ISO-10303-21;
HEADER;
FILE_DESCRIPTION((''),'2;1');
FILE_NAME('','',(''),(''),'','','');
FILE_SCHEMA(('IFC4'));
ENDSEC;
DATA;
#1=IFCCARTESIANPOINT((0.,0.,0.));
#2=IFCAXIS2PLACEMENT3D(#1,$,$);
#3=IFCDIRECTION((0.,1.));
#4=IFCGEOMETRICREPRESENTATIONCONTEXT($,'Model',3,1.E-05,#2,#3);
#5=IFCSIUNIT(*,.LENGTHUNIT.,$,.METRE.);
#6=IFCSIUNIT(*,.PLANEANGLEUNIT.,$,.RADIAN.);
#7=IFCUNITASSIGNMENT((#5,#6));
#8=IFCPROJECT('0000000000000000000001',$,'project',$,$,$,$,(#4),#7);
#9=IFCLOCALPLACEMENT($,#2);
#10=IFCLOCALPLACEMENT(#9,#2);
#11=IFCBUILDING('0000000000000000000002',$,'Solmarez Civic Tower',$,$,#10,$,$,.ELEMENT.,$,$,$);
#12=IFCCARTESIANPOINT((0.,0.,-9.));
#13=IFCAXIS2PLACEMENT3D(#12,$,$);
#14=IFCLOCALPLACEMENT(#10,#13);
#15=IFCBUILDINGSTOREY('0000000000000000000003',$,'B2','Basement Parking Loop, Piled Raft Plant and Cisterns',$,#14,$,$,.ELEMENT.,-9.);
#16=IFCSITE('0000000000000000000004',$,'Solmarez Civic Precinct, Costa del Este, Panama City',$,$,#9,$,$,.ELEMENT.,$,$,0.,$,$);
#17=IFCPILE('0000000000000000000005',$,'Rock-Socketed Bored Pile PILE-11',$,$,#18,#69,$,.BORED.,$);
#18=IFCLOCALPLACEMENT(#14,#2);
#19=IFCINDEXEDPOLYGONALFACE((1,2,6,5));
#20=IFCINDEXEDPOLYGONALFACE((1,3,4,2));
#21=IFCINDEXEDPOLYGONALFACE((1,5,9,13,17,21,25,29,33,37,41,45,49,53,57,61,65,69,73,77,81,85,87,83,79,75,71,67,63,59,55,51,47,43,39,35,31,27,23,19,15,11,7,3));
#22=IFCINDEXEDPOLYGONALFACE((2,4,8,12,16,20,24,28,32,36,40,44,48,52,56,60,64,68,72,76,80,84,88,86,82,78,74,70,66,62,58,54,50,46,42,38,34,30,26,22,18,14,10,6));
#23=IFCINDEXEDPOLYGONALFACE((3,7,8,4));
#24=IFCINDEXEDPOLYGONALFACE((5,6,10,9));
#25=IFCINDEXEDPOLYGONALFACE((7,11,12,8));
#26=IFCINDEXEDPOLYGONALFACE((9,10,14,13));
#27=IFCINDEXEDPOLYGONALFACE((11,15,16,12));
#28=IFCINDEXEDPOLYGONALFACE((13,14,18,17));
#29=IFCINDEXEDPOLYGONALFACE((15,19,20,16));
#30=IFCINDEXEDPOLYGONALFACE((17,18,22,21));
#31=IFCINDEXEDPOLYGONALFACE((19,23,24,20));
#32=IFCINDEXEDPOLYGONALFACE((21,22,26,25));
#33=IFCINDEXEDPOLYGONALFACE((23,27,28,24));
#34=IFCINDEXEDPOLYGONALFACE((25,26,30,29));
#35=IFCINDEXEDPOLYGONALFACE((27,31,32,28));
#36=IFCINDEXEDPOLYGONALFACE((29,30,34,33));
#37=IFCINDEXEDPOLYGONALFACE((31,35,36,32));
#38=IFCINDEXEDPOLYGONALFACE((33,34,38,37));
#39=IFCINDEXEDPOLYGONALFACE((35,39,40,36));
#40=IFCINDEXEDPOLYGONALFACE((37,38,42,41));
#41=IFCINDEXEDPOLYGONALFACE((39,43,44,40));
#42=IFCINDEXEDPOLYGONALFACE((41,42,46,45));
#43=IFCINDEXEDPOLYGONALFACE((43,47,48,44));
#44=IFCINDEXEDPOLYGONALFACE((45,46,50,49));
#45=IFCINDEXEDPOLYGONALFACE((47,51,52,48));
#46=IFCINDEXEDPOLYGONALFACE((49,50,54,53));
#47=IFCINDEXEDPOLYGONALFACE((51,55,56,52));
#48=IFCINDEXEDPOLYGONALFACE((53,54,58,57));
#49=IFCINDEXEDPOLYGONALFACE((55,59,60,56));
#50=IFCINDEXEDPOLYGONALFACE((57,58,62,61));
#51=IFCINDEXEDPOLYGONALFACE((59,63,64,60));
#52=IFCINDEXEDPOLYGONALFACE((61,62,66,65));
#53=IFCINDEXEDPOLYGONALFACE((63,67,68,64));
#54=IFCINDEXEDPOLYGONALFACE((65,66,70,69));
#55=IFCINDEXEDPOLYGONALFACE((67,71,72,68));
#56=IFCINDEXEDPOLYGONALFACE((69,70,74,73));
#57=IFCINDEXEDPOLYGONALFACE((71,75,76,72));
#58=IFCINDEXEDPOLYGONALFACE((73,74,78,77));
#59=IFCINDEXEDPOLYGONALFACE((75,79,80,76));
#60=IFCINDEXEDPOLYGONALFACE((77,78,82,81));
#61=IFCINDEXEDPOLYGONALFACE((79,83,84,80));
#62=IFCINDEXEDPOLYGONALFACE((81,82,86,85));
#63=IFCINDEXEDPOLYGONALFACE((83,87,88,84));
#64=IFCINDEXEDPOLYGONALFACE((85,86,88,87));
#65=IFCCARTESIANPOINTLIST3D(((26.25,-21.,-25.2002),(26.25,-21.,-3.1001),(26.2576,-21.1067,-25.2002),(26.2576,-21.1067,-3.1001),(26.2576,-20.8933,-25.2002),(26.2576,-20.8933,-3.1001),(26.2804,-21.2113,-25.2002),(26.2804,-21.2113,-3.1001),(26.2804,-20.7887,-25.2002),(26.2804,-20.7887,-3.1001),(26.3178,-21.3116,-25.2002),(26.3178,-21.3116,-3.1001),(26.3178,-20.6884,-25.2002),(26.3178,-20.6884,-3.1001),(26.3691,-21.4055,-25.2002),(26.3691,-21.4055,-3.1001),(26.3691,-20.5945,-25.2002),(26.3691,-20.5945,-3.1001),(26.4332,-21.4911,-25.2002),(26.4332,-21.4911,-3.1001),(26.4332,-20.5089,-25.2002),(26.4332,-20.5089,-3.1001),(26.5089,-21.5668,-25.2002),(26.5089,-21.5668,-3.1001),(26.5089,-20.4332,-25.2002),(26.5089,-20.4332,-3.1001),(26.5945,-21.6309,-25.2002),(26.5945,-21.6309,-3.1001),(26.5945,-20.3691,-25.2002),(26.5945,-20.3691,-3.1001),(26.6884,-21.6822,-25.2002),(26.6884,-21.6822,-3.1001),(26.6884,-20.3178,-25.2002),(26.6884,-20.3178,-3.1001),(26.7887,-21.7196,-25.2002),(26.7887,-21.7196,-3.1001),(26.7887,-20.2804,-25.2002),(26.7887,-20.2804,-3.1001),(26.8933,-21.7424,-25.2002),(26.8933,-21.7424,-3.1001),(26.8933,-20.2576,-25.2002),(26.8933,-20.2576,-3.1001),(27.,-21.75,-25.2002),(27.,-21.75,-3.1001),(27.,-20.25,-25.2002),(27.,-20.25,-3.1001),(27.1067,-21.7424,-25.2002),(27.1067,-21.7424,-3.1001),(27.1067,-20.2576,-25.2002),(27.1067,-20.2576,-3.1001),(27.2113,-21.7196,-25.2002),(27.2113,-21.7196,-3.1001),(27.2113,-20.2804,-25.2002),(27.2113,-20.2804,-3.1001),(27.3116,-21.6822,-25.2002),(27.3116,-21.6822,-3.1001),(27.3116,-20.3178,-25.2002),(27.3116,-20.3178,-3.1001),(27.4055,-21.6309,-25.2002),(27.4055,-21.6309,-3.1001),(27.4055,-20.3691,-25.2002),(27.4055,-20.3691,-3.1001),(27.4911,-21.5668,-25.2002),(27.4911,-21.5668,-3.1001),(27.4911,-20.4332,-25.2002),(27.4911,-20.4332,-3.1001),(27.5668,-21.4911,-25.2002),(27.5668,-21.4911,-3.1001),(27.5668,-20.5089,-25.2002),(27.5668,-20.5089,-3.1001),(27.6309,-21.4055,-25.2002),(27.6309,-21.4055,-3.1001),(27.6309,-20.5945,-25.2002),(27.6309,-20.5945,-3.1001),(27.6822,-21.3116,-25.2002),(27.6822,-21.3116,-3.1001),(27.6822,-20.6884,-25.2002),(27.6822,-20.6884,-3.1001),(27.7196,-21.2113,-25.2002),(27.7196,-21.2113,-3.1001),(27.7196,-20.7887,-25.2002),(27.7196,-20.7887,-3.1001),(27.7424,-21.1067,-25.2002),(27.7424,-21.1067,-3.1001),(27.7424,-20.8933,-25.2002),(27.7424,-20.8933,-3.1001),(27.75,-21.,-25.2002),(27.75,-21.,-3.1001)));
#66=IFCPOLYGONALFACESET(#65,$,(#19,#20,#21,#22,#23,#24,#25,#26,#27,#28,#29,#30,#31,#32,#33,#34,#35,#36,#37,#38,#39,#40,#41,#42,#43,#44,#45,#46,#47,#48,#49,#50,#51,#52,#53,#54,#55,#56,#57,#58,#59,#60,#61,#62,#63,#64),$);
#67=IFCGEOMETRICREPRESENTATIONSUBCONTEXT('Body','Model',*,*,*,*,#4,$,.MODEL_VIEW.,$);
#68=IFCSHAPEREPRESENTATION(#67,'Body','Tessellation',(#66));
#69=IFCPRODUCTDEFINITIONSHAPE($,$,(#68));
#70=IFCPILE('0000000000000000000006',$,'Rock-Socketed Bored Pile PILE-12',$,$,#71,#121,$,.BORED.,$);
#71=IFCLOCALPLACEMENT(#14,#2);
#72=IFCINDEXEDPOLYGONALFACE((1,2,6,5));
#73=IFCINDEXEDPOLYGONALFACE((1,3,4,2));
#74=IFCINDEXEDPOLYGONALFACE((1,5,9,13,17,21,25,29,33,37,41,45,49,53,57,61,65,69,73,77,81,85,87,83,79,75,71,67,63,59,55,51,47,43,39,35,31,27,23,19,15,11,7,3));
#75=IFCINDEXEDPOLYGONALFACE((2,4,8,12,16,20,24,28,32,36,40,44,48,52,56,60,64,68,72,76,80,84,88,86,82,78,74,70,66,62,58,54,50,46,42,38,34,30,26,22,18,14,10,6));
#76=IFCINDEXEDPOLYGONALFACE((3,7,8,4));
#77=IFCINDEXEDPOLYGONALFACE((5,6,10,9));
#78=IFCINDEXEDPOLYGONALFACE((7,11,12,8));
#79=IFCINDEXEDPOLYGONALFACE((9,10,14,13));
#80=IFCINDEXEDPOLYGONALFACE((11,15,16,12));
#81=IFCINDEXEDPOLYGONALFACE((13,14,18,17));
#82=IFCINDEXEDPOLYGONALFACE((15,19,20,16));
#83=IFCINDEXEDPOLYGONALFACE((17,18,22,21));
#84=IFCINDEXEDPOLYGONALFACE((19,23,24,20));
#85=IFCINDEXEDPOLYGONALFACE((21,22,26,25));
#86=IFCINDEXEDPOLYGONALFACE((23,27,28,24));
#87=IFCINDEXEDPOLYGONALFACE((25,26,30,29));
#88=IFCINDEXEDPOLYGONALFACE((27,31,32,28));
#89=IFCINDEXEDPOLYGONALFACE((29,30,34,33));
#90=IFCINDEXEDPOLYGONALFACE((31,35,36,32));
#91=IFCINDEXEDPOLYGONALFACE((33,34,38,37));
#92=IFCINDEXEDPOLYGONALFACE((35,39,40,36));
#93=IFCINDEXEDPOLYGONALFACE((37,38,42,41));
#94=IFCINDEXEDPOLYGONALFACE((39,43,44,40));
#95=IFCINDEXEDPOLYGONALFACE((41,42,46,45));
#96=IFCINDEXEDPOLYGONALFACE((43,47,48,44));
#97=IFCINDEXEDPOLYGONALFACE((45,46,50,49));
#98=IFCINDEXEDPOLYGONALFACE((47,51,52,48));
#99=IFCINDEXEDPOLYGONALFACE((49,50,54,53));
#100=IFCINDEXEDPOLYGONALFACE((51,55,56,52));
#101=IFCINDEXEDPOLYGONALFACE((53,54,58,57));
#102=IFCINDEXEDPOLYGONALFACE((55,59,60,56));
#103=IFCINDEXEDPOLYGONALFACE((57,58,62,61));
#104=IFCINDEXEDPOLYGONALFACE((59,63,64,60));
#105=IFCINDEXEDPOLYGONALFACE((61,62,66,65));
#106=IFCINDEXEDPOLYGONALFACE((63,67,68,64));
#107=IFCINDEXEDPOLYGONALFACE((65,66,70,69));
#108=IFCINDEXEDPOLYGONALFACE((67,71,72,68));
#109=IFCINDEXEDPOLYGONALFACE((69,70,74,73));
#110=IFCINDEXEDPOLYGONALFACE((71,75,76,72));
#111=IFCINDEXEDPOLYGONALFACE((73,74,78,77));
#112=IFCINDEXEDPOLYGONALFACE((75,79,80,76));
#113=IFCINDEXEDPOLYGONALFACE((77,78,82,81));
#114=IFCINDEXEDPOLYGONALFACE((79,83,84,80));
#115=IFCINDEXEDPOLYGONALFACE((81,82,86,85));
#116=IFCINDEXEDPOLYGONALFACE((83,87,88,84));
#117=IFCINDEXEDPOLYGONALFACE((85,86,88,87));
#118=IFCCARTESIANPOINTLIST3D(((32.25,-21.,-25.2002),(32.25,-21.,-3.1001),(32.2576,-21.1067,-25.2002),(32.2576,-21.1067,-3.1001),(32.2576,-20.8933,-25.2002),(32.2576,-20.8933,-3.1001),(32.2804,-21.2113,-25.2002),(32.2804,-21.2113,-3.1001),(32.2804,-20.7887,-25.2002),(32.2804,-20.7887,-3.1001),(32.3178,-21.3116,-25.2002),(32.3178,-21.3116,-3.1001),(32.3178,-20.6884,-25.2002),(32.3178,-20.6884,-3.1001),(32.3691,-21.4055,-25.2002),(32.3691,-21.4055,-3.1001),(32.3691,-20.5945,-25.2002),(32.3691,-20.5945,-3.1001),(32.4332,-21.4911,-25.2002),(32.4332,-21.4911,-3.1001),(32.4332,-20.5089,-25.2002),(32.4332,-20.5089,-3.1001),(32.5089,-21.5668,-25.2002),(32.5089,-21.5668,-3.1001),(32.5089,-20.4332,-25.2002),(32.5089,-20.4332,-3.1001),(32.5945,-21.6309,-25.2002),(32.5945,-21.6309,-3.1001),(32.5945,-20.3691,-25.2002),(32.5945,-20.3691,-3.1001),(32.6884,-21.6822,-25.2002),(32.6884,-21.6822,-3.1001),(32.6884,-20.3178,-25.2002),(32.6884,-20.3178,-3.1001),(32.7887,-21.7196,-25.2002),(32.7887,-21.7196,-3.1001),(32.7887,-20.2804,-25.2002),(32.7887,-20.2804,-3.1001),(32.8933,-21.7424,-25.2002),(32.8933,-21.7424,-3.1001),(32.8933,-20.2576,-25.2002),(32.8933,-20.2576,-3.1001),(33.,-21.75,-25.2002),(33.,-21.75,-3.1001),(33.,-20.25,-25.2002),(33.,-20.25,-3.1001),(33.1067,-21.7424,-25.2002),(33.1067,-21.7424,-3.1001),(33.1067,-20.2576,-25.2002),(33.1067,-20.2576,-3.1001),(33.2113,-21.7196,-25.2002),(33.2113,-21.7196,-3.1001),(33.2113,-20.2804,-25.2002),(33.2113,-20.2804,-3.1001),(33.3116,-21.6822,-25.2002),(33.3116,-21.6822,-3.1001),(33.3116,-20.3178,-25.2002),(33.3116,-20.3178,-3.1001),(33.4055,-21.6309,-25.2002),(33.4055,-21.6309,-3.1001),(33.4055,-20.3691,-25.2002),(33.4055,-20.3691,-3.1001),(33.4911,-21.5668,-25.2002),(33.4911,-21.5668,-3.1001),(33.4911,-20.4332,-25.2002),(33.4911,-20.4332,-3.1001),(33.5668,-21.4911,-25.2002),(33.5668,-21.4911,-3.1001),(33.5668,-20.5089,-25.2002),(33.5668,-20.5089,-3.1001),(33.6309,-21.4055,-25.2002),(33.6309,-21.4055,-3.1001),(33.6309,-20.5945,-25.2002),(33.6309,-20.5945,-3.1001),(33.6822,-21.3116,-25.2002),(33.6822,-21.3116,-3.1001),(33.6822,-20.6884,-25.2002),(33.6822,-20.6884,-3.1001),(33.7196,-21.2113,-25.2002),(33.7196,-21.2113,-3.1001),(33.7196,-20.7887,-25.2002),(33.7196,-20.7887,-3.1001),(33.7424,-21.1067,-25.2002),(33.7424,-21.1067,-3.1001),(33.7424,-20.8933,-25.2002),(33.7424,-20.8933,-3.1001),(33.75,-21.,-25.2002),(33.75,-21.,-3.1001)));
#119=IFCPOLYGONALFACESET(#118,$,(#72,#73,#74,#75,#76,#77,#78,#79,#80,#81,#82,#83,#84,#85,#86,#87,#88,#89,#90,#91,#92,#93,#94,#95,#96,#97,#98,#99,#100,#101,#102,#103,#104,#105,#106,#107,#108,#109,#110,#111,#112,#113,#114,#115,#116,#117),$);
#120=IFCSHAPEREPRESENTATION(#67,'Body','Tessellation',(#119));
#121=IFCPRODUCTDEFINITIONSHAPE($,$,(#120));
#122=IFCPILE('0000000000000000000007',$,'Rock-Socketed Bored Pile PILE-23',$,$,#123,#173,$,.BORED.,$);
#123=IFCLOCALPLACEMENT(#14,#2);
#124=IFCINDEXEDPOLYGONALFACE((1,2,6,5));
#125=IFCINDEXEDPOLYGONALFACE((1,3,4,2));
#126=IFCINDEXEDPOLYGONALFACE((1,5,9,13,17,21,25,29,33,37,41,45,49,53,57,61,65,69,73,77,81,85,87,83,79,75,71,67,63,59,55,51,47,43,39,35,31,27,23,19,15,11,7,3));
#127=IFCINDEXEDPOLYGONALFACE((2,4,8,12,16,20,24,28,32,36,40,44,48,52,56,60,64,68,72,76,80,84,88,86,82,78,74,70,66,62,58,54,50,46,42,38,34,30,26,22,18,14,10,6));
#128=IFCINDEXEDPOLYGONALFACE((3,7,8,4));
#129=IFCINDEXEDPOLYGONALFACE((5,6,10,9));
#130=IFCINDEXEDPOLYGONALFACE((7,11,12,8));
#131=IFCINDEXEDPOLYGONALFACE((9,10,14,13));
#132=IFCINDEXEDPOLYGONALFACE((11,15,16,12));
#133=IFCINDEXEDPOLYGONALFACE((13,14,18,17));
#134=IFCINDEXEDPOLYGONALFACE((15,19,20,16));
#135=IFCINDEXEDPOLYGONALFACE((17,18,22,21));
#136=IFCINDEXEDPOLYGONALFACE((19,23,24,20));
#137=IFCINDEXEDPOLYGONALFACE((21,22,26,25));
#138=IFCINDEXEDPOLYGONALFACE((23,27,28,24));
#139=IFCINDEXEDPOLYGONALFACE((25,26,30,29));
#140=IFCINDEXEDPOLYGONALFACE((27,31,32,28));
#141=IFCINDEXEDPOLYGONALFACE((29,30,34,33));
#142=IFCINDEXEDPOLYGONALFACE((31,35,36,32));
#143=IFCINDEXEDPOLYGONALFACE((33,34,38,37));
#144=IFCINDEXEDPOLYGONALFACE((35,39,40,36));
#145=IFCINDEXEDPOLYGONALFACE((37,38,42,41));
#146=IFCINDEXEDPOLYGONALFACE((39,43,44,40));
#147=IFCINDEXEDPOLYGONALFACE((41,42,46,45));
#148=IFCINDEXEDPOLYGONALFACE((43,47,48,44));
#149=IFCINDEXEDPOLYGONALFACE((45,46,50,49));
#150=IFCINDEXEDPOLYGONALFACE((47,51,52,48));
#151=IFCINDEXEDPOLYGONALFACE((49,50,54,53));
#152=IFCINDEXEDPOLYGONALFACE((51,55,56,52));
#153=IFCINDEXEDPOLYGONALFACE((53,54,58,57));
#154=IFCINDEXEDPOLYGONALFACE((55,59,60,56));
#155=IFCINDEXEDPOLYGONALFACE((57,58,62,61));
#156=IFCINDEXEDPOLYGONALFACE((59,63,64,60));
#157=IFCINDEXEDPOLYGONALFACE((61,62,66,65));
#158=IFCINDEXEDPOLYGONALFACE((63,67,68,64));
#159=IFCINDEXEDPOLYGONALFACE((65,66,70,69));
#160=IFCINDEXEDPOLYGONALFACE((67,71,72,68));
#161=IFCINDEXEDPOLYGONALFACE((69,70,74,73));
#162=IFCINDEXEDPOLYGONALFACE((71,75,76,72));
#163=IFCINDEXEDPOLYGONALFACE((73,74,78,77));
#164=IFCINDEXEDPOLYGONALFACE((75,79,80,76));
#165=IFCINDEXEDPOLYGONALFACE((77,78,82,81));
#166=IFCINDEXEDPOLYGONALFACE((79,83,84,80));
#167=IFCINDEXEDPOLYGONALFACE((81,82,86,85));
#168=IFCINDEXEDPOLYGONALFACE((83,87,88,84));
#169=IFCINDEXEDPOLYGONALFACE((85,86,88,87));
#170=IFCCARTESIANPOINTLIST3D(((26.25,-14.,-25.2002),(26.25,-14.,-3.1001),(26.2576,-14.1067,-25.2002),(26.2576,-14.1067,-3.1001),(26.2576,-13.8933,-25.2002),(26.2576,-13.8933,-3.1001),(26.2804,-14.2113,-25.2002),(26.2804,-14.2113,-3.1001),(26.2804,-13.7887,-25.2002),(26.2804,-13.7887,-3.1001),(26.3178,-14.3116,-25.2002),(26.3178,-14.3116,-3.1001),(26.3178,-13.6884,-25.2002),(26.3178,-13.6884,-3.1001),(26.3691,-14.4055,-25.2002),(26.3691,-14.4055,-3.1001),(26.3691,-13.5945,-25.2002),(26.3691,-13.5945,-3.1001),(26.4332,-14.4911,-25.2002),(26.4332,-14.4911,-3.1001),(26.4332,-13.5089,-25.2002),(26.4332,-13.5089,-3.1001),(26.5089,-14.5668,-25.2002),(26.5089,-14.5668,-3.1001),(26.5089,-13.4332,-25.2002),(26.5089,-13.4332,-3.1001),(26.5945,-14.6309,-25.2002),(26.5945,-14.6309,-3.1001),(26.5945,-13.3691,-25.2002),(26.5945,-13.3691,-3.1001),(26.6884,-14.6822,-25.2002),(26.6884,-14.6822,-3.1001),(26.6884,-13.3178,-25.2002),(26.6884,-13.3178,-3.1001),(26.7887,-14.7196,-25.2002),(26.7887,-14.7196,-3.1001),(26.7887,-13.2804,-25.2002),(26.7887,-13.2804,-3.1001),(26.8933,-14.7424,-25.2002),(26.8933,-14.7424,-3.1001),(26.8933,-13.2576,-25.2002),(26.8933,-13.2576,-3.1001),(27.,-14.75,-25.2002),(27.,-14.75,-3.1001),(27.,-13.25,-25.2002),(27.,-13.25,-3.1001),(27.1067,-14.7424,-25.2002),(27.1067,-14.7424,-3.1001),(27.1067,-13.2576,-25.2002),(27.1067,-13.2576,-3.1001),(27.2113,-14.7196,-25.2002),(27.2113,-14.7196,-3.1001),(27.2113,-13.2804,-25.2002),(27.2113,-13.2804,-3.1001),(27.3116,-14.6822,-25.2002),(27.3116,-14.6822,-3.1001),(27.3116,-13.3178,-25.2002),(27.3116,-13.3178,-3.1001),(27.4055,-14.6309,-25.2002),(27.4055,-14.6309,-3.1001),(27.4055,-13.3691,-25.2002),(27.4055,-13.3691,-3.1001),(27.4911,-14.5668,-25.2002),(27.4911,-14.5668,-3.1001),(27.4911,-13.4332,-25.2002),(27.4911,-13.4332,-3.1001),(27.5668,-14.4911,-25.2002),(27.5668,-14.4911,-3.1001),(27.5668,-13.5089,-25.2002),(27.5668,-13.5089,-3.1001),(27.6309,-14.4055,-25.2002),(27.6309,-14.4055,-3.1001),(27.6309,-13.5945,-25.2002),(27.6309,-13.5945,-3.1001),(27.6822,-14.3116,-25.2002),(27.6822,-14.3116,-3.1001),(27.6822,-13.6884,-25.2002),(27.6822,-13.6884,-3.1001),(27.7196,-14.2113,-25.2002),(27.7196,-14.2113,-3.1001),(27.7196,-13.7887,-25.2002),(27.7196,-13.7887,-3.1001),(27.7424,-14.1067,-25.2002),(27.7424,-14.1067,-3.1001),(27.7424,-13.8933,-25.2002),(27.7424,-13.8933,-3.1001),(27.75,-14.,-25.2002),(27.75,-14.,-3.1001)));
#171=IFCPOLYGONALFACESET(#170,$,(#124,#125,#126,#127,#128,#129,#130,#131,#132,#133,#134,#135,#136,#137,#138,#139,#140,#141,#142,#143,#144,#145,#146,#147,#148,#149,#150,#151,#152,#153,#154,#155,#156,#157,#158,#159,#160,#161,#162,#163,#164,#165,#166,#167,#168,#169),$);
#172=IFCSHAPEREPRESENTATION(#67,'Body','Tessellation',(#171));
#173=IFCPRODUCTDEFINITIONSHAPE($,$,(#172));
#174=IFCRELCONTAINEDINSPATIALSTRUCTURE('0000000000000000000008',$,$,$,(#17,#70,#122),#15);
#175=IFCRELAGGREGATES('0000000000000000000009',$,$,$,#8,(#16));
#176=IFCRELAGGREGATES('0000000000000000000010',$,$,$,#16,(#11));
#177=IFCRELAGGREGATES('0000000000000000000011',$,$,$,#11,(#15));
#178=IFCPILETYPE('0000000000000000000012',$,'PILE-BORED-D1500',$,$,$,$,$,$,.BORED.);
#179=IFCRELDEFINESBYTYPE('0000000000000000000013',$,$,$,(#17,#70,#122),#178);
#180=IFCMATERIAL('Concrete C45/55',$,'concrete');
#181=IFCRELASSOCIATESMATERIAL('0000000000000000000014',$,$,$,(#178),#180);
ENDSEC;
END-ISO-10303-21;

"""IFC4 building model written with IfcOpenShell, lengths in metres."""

from ifc_helpers import new_model, si_unit, direction, frame, origin, origin_2d, place, context, subcontext, project, spatial, circle, extrude, material, material_profile, profile_set, type_object, element, save


model = new_model("IFC4")

# Units and contexts
model_context = context("Model", 3, precision=1e-05, world=origin(), true_north=direction((0.0, 1.0)))
body_context = subcontext(model_context, "Body", "Model", "MODEL_VIEW")
ifc_project = project(units=[si_unit("LENGTHUNIT", "METRE"), si_unit("PLANEANGLEUNIT", "RADIAN")], contexts=[model_context])

# Site, building, storey
site_placement = place(None, origin())
site = spatial("IfcSite", under=ifc_project, at=site_placement, Name="Solmarez Civic Precinct, Costa del Este, Panama City", CompositionType="ELEMENT", RefElevation=0.0)
building_placement = place(site_placement, origin())
building = spatial("IfcBuilding", under=site, at=building_placement, Name="Solmarez Civic Tower", CompositionType="ELEMENT")
storey_placement = place(building_placement, frame((0.0, 0.0, -9.0)))
storey = spatial("IfcBuildingStorey", under=building, at=storey_placement, Name="B2", Description="Basement Parking Loop, Piled Raft Plant and Cisterns", CompositionType="ELEMENT", Elevation=-9.0)

# Piles
ifc_material_1 = material(Name="Concrete C45/55", Category="concrete")
ifc_material_profile_1 = material_profile(ifc_material_1, circle(Radius=0.75, at=origin_2d()), Name="PILE-D1500")
ifc_profile_set_1 = profile_set([ifc_material_profile_1], Name="Concrete C45/55")
pile_type = type_object("IfcPileType", Name="PILE-BORED-D1500", PredefinedType="BORED", material=ifc_profile_set_1)
for number, where, z_axis, x_axis, name in (
    (1, (27.0, -21.0, -3.1001), (0.0, 0.0, -1.0), (1.0, 0.0, 0.0), "Rock-Socketed Bored Pile PILE-11"),
    (2, (33.0, -21.0, -3.1001), (0.0, 0.0, -1.0), (1.0, 0.0, 0.0), "Rock-Socketed Bored Pile PILE-12"),
    (3, (27.0, -14.0, -3.1001), (0.0, 0.0, -1.0), (1.0, 0.0, 0.0), "Rock-Socketed Bored Pile PILE-23"),
):
    element("IfcPile", number, at=place(storey_placement, frame(where, z_axis=z_axis, x_axis=x_axis)), inside=storey, type_object=pile_type, Name=name, PredefinedType="BORED", context=body_context, shape_type="SweptSolid", body=[
        extrude(circle(Radius=0.75, at=origin_2d()), origin(), (0.0, 0.0, 1.0), 22.1001),
    ])

save(model, "model.ifc")
